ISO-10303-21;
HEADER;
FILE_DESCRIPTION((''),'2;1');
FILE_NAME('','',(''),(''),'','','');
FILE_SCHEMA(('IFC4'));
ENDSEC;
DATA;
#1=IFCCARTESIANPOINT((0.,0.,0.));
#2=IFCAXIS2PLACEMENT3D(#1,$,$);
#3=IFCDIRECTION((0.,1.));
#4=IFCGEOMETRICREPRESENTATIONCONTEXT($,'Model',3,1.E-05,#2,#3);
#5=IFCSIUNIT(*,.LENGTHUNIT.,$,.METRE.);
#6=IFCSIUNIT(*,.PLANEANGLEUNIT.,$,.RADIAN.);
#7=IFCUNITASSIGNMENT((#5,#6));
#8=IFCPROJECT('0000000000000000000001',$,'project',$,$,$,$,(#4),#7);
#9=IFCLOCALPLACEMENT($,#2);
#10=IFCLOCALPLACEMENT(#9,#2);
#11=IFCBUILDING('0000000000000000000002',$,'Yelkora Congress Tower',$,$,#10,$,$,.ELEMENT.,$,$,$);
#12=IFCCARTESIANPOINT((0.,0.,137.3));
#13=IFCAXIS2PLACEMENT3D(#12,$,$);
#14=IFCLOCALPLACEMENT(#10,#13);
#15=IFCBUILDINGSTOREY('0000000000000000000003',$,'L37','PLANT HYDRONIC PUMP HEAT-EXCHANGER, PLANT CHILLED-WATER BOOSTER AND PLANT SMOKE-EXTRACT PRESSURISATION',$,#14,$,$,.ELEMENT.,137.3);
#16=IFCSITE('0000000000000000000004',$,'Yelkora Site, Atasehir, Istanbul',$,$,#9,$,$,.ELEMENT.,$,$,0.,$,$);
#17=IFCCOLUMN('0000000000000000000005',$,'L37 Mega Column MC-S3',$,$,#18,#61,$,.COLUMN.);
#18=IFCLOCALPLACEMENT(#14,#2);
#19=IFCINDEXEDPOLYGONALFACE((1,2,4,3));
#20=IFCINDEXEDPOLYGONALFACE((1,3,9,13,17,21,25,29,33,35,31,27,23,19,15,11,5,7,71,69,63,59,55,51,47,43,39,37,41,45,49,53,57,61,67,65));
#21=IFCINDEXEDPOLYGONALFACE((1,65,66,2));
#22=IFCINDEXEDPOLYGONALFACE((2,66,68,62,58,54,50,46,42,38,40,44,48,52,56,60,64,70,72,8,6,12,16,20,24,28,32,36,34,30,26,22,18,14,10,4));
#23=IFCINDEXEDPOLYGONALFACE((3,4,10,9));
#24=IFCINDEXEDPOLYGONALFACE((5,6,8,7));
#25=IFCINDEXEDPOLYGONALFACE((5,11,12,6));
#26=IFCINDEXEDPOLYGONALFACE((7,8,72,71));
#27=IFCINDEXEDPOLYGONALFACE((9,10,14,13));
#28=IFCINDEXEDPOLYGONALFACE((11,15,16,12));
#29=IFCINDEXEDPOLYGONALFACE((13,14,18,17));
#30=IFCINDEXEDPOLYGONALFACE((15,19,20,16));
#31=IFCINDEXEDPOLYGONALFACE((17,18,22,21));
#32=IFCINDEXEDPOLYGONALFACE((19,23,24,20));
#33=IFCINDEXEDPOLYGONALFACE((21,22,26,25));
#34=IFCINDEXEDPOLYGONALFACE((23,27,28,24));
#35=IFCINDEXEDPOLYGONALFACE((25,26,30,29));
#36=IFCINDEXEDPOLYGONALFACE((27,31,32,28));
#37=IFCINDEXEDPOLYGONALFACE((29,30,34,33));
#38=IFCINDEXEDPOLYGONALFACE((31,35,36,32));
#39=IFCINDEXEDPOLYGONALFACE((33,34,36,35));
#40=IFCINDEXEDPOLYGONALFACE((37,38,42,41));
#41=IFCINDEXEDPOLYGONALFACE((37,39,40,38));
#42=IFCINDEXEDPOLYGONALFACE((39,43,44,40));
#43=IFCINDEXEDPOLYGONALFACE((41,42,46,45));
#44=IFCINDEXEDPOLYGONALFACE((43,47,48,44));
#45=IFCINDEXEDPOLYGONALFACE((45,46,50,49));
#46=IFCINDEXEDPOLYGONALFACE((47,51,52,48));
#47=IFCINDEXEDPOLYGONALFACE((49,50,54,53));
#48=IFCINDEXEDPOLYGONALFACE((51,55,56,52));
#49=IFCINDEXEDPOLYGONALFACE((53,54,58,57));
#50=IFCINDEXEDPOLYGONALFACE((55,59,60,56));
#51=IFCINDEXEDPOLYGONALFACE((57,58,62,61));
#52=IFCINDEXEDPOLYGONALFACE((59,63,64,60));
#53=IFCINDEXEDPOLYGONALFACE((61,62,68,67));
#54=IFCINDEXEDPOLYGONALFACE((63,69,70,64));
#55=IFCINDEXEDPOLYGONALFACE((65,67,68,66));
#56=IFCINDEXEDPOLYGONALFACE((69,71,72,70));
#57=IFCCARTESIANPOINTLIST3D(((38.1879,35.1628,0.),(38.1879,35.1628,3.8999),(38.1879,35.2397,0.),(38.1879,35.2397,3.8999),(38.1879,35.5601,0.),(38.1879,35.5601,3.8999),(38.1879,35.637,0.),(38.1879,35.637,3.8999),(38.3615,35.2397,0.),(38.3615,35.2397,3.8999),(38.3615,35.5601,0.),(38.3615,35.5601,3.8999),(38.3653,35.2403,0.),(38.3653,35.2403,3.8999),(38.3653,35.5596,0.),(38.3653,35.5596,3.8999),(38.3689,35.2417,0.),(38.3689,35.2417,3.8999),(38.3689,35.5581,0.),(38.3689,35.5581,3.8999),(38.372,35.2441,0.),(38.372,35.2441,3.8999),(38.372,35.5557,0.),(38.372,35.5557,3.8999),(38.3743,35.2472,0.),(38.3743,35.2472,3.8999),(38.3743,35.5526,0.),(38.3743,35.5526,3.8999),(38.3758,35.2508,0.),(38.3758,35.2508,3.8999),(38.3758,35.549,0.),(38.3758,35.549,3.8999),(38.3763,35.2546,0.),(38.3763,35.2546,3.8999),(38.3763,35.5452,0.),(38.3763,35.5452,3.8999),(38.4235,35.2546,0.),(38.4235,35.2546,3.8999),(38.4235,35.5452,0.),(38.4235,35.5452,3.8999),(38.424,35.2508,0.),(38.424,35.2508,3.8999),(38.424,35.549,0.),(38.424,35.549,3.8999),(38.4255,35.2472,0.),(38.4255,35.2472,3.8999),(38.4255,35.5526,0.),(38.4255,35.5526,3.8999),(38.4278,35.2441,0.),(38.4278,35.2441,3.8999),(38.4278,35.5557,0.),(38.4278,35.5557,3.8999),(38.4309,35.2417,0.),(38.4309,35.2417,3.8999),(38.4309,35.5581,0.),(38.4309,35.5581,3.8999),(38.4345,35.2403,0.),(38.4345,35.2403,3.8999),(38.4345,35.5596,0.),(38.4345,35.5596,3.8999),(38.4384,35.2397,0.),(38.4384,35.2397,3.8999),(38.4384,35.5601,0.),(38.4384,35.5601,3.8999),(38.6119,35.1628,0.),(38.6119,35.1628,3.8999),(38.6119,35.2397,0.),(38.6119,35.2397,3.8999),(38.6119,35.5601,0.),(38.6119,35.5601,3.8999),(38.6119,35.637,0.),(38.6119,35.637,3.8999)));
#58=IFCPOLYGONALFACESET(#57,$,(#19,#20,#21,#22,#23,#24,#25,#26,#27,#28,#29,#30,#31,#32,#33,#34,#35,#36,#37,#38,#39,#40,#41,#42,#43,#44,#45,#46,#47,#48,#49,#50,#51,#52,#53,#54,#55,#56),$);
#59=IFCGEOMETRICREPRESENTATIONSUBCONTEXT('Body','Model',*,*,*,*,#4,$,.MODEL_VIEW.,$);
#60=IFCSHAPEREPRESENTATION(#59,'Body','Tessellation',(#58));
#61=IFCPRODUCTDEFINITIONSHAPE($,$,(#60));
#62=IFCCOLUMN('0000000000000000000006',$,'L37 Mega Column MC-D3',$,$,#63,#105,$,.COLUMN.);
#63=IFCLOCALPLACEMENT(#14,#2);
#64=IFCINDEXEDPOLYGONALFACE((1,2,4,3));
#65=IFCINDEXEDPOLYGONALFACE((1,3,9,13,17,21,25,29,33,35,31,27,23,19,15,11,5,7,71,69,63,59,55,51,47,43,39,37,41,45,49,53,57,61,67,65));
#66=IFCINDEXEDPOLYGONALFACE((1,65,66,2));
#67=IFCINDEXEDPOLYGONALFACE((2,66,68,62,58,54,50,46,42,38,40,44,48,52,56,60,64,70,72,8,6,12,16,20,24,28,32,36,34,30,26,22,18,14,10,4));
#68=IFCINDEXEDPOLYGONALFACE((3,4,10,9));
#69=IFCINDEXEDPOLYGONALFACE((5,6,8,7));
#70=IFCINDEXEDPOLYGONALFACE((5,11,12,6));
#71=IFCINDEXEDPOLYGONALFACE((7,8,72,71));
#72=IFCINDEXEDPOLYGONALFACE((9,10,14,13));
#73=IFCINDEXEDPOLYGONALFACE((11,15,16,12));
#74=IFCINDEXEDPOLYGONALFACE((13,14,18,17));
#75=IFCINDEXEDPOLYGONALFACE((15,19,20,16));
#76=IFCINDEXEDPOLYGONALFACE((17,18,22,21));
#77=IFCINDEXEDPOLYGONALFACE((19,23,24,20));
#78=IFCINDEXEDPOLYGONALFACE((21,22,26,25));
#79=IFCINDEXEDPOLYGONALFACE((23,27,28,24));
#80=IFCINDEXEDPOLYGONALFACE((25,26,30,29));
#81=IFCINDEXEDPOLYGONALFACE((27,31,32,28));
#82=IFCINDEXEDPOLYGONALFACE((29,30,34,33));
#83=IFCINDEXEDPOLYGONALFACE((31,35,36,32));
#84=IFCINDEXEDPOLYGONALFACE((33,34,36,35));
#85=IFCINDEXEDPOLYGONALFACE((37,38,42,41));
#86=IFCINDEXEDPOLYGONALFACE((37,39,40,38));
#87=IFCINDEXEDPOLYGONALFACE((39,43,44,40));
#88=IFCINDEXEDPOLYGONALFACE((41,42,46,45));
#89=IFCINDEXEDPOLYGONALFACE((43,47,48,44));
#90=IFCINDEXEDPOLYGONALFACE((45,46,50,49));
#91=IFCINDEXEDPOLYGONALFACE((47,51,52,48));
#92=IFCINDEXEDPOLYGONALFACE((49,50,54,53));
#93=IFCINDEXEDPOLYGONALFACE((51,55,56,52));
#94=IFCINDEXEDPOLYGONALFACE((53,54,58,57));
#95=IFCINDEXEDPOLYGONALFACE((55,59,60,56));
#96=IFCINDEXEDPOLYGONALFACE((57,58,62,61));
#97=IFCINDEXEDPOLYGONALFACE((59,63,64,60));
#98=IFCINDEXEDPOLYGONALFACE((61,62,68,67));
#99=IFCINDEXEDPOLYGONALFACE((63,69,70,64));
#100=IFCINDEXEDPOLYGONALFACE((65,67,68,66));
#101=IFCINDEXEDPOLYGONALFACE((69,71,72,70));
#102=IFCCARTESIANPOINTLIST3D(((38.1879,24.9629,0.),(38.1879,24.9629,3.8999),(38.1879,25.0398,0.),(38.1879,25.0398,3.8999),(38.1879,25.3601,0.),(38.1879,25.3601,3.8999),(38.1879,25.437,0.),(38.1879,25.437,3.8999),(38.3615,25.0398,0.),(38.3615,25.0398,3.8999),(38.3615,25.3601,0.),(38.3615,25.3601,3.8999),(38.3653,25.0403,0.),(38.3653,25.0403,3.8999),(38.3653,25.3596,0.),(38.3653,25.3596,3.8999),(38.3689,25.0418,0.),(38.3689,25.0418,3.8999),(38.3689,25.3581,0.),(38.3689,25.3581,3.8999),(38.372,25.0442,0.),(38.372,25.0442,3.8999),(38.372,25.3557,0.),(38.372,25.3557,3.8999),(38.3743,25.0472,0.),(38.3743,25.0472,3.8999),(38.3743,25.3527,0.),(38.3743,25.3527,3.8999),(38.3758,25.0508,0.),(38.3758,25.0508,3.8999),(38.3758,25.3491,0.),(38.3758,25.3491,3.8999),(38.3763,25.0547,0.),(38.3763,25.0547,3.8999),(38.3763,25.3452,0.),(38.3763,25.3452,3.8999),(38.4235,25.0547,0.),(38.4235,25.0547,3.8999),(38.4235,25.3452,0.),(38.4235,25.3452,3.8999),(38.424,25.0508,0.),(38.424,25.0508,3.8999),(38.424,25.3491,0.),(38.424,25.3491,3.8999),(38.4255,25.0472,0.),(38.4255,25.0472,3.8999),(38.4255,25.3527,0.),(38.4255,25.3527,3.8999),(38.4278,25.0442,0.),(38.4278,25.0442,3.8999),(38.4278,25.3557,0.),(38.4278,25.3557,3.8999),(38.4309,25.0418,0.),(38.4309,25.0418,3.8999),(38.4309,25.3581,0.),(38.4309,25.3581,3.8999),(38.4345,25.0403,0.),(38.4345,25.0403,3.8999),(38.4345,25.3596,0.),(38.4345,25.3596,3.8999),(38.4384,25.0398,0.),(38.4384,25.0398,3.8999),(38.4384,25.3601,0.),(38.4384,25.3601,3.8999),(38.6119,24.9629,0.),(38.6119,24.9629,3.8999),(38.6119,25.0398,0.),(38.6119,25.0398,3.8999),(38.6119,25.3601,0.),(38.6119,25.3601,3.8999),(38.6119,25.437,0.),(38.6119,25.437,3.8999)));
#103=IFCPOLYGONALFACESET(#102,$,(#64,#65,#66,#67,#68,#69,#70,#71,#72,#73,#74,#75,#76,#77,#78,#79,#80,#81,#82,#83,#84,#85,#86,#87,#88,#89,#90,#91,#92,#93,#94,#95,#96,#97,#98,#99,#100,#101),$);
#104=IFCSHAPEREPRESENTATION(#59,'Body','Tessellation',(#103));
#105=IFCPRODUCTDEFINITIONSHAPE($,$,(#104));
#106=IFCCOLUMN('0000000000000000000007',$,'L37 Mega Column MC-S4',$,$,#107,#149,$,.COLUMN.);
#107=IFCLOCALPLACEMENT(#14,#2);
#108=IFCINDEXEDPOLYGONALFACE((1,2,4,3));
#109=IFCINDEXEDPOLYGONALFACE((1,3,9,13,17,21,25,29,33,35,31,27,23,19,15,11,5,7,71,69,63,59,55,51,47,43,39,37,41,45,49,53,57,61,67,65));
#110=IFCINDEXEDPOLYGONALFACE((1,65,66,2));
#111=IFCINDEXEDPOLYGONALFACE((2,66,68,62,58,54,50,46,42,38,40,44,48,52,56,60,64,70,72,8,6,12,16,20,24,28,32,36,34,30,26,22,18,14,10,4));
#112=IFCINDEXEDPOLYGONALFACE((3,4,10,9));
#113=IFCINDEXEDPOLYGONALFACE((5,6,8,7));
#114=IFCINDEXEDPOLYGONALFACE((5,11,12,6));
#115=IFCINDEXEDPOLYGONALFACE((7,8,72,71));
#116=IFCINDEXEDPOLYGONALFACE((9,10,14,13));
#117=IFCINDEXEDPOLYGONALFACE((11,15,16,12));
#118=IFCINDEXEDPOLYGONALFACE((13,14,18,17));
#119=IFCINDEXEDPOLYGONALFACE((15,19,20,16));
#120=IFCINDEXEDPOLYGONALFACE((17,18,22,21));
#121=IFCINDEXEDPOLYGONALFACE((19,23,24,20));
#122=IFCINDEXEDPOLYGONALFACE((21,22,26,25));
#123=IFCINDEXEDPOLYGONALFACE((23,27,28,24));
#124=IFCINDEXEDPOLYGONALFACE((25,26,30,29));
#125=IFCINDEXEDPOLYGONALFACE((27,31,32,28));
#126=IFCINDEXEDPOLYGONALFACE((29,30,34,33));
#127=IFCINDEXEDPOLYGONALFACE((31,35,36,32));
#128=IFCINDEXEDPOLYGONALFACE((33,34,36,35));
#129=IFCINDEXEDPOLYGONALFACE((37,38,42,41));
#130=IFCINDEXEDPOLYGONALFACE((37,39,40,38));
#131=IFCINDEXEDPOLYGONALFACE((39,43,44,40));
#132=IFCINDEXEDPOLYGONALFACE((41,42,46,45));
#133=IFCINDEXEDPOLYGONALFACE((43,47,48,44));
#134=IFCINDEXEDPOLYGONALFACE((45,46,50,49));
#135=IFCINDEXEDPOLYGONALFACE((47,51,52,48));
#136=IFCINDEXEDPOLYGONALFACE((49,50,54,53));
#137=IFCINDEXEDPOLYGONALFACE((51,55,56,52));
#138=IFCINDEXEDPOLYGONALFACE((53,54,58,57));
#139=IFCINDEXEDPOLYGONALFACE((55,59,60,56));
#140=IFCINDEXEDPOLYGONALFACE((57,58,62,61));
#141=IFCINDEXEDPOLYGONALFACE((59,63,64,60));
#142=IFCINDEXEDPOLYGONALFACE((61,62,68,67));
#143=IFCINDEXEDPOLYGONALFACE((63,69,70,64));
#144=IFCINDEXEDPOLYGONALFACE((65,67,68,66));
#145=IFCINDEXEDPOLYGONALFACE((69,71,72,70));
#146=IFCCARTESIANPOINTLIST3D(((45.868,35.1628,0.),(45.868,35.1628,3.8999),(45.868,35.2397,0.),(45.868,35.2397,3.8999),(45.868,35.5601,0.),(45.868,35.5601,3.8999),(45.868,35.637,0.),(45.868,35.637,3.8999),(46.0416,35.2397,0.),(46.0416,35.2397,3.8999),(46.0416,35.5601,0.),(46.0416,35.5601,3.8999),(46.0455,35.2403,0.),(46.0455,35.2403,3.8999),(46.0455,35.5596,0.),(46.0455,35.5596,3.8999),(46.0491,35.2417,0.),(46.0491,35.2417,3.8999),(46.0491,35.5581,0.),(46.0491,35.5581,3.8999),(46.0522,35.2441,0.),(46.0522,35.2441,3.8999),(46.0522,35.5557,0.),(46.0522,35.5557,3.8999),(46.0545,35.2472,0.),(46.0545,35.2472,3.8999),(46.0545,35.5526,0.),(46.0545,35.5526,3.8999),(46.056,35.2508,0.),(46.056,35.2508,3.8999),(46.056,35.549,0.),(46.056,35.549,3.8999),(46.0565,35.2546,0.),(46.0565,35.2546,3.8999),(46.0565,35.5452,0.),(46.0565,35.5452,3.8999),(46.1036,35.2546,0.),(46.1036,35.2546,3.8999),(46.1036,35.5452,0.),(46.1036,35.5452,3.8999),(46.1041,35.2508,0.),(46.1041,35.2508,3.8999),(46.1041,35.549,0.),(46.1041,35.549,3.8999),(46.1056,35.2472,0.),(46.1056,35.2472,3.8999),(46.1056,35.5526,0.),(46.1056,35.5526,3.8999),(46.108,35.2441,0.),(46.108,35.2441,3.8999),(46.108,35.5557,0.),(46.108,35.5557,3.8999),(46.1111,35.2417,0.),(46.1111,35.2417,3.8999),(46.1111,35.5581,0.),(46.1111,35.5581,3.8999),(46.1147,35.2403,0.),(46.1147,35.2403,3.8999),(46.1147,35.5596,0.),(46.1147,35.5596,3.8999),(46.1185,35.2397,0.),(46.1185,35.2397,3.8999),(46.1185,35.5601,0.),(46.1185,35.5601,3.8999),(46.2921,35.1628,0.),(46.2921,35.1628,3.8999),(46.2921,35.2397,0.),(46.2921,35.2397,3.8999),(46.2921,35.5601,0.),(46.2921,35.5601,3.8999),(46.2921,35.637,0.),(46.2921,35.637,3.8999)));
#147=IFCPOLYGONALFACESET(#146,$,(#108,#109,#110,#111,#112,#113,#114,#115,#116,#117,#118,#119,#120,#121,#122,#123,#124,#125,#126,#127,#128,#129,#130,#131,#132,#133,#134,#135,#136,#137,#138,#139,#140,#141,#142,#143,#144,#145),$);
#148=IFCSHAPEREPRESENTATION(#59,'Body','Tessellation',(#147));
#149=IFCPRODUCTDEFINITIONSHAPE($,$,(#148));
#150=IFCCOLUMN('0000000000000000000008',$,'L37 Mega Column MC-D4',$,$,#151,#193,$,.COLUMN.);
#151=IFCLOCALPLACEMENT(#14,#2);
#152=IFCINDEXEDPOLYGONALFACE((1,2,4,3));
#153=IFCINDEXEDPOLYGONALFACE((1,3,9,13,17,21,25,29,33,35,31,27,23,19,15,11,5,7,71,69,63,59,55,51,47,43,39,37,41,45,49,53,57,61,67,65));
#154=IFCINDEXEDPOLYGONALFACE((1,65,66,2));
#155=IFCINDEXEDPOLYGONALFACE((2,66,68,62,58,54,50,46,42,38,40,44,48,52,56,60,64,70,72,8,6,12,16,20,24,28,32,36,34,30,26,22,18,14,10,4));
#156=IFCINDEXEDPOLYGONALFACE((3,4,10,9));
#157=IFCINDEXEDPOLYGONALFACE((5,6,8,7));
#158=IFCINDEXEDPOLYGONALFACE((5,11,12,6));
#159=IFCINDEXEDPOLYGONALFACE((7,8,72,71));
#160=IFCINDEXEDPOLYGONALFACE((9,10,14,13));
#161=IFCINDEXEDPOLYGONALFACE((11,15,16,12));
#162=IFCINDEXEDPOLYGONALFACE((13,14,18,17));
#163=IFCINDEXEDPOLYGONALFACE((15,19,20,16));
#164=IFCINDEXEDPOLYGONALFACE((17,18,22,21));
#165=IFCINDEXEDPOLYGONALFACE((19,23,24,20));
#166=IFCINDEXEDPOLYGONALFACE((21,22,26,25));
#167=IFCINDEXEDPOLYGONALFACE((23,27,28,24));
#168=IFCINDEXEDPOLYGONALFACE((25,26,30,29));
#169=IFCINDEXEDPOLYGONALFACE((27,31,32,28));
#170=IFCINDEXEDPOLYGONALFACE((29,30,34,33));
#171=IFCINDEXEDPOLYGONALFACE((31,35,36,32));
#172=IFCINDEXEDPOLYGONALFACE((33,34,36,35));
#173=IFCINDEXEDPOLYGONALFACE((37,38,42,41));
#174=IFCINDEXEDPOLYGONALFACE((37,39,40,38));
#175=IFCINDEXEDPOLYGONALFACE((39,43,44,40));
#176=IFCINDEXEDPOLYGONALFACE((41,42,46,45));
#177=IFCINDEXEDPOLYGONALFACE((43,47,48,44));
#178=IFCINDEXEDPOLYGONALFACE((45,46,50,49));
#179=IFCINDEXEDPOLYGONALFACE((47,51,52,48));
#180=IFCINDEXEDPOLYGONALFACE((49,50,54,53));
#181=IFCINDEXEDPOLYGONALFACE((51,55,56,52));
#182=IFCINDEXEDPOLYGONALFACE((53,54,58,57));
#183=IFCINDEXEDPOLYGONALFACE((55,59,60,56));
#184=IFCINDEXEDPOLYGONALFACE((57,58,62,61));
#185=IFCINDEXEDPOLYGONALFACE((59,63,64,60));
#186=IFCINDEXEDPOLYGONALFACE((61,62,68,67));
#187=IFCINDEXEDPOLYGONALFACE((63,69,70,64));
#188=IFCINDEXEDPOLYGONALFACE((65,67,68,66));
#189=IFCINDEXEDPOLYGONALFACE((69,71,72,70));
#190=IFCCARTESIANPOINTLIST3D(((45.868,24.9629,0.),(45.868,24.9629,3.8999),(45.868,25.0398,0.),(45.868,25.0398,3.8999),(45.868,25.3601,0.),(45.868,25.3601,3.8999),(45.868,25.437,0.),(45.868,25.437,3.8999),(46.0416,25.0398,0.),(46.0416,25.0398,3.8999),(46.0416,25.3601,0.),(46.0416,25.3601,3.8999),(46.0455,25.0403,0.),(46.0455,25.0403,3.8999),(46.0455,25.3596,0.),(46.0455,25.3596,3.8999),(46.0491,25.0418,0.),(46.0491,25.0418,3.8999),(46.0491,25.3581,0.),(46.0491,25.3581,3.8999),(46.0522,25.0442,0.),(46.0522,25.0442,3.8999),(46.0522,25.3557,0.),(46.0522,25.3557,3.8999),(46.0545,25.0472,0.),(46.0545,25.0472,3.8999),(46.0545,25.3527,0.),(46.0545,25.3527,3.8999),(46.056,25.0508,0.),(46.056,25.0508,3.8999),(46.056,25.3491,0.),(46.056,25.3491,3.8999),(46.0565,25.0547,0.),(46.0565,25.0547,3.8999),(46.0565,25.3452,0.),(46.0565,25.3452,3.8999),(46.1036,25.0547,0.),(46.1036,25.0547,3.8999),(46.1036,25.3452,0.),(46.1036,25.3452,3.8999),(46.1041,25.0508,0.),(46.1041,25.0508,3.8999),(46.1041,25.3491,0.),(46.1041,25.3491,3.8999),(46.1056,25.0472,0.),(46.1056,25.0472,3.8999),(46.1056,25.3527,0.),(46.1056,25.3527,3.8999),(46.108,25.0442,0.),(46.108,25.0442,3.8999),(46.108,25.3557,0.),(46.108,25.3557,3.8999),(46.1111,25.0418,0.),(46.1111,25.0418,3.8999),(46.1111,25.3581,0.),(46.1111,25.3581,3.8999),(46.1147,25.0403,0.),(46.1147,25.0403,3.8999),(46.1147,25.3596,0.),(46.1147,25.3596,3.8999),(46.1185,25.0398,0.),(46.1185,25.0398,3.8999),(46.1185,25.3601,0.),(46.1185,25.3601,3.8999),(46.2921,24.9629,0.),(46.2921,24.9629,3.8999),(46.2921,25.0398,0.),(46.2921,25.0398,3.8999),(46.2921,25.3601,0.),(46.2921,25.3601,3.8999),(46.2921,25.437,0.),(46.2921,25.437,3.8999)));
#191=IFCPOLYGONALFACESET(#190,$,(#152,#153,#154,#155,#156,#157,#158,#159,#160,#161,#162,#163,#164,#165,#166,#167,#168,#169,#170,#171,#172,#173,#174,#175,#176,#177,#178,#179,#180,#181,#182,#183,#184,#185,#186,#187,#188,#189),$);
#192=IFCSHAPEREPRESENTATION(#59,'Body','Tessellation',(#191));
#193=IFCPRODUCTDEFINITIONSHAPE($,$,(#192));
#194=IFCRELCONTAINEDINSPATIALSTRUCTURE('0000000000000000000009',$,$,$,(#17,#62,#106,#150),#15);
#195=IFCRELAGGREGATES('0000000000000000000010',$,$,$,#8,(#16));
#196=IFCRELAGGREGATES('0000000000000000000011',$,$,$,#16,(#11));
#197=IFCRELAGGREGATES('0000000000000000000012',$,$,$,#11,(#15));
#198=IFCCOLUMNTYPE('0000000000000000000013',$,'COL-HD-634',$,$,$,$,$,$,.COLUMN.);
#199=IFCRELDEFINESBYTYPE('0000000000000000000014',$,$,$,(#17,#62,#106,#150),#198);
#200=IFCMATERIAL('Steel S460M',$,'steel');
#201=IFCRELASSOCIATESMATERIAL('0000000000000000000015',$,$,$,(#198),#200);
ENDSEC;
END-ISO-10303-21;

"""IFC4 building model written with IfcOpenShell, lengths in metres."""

from ifc_helpers import new_model, si_unit, direction, frame, origin, origin_2d, place, context, subcontext, project, spatial, i_section, extrude, material, material_profile, profile_set, type_object, element, save


model = new_model("IFC4")

# Units and contexts
model_context = context("Model", 3, precision=1e-05, world=origin(), true_north=direction((0.0, 1.0)))
body_context = subcontext(model_context, "Body", "Model", "MODEL_VIEW")
ifc_project = project(units=[si_unit("LENGTHUNIT", "METRE"), si_unit("PLANEANGLEUNIT", "RADIAN")], contexts=[model_context])

# Site, building, storey
site_placement = place(None, origin())
site = spatial("IfcSite", under=ifc_project, at=site_placement, Name="Yelkora Site, Atasehir, Istanbul", CompositionType="ELEMENT", RefElevation=0.0)
building_placement = place(site_placement, origin())
building = spatial("IfcBuilding", under=site, at=building_placement, Name="Yelkora Congress Tower", CompositionType="ELEMENT")
storey_placement = place(building_placement, frame((0.0, 0.0, 137.3)))
storey = spatial("IfcBuildingStorey", under=building, at=storey_placement, Name="L37", Description="PLANT HYDRONIC PUMP HEAT-EXCHANGER, PLANT CHILLED-WATER BOOSTER AND PLANT SMOKE-EXTRACT PRESSURISATION", CompositionType="ELEMENT", Elevation=137.3)

# Columns
ifc_material_1 = material(Name="Steel S460M", Category="steel")
ifc_material_profile_1 = material_profile(ifc_material_1, i_section(OverallWidth=0.4241, OverallDepth=0.4741, WebThickness=0.0471, FlangeThickness=0.0769, FilletRadius=0.0149, at=origin_2d()), Name="HD 400x634")
ifc_profile_set_1 = profile_set([ifc_material_profile_1], Name="Steel S460M")
column_type = type_object("IfcColumnType", Name="COL-HD-634", PredefinedType="COLUMN", material=ifc_profile_set_1)
for number, where, z_axis, x_axis, name in (
    (1, (38.3999, 35.3999, 0.0), (0.0, 0.0, 1.0), (1.0, 0.0, 0.0), "L37 Mega Column MC-S3"),
    (2, (38.3999, 25.2, 0.0), (0.0, 0.0, 1.0), (1.0, 0.0, 0.0), "L37 Mega Column MC-D3"),
    (3, (46.0801, 35.3999, 0.0), (0.0, 0.0, 1.0), (1.0, 0.0, 0.0), "L37 Mega Column MC-S4"),
    (4, (46.0801, 25.2, 0.0), (0.0, 0.0, 1.0), (1.0, 0.0, 0.0), "L37 Mega Column MC-D4"),
):
    element("IfcColumn", number, at=place(storey_placement, frame(where, z_axis=z_axis, x_axis=x_axis)), inside=storey, type_object=column_type, Name=name, PredefinedType="COLUMN", context=body_context, shape_type="SweptSolid", body=[
        extrude(i_section(OverallWidth=0.4241, OverallDepth=0.4741, WebThickness=0.0471, FlangeThickness=0.0769, FilletRadius=0.0149, at=origin_2d()), origin(), (0.0, 0.0, 1.0), 3.8999),
    ])

save(model, "model.ifc")
